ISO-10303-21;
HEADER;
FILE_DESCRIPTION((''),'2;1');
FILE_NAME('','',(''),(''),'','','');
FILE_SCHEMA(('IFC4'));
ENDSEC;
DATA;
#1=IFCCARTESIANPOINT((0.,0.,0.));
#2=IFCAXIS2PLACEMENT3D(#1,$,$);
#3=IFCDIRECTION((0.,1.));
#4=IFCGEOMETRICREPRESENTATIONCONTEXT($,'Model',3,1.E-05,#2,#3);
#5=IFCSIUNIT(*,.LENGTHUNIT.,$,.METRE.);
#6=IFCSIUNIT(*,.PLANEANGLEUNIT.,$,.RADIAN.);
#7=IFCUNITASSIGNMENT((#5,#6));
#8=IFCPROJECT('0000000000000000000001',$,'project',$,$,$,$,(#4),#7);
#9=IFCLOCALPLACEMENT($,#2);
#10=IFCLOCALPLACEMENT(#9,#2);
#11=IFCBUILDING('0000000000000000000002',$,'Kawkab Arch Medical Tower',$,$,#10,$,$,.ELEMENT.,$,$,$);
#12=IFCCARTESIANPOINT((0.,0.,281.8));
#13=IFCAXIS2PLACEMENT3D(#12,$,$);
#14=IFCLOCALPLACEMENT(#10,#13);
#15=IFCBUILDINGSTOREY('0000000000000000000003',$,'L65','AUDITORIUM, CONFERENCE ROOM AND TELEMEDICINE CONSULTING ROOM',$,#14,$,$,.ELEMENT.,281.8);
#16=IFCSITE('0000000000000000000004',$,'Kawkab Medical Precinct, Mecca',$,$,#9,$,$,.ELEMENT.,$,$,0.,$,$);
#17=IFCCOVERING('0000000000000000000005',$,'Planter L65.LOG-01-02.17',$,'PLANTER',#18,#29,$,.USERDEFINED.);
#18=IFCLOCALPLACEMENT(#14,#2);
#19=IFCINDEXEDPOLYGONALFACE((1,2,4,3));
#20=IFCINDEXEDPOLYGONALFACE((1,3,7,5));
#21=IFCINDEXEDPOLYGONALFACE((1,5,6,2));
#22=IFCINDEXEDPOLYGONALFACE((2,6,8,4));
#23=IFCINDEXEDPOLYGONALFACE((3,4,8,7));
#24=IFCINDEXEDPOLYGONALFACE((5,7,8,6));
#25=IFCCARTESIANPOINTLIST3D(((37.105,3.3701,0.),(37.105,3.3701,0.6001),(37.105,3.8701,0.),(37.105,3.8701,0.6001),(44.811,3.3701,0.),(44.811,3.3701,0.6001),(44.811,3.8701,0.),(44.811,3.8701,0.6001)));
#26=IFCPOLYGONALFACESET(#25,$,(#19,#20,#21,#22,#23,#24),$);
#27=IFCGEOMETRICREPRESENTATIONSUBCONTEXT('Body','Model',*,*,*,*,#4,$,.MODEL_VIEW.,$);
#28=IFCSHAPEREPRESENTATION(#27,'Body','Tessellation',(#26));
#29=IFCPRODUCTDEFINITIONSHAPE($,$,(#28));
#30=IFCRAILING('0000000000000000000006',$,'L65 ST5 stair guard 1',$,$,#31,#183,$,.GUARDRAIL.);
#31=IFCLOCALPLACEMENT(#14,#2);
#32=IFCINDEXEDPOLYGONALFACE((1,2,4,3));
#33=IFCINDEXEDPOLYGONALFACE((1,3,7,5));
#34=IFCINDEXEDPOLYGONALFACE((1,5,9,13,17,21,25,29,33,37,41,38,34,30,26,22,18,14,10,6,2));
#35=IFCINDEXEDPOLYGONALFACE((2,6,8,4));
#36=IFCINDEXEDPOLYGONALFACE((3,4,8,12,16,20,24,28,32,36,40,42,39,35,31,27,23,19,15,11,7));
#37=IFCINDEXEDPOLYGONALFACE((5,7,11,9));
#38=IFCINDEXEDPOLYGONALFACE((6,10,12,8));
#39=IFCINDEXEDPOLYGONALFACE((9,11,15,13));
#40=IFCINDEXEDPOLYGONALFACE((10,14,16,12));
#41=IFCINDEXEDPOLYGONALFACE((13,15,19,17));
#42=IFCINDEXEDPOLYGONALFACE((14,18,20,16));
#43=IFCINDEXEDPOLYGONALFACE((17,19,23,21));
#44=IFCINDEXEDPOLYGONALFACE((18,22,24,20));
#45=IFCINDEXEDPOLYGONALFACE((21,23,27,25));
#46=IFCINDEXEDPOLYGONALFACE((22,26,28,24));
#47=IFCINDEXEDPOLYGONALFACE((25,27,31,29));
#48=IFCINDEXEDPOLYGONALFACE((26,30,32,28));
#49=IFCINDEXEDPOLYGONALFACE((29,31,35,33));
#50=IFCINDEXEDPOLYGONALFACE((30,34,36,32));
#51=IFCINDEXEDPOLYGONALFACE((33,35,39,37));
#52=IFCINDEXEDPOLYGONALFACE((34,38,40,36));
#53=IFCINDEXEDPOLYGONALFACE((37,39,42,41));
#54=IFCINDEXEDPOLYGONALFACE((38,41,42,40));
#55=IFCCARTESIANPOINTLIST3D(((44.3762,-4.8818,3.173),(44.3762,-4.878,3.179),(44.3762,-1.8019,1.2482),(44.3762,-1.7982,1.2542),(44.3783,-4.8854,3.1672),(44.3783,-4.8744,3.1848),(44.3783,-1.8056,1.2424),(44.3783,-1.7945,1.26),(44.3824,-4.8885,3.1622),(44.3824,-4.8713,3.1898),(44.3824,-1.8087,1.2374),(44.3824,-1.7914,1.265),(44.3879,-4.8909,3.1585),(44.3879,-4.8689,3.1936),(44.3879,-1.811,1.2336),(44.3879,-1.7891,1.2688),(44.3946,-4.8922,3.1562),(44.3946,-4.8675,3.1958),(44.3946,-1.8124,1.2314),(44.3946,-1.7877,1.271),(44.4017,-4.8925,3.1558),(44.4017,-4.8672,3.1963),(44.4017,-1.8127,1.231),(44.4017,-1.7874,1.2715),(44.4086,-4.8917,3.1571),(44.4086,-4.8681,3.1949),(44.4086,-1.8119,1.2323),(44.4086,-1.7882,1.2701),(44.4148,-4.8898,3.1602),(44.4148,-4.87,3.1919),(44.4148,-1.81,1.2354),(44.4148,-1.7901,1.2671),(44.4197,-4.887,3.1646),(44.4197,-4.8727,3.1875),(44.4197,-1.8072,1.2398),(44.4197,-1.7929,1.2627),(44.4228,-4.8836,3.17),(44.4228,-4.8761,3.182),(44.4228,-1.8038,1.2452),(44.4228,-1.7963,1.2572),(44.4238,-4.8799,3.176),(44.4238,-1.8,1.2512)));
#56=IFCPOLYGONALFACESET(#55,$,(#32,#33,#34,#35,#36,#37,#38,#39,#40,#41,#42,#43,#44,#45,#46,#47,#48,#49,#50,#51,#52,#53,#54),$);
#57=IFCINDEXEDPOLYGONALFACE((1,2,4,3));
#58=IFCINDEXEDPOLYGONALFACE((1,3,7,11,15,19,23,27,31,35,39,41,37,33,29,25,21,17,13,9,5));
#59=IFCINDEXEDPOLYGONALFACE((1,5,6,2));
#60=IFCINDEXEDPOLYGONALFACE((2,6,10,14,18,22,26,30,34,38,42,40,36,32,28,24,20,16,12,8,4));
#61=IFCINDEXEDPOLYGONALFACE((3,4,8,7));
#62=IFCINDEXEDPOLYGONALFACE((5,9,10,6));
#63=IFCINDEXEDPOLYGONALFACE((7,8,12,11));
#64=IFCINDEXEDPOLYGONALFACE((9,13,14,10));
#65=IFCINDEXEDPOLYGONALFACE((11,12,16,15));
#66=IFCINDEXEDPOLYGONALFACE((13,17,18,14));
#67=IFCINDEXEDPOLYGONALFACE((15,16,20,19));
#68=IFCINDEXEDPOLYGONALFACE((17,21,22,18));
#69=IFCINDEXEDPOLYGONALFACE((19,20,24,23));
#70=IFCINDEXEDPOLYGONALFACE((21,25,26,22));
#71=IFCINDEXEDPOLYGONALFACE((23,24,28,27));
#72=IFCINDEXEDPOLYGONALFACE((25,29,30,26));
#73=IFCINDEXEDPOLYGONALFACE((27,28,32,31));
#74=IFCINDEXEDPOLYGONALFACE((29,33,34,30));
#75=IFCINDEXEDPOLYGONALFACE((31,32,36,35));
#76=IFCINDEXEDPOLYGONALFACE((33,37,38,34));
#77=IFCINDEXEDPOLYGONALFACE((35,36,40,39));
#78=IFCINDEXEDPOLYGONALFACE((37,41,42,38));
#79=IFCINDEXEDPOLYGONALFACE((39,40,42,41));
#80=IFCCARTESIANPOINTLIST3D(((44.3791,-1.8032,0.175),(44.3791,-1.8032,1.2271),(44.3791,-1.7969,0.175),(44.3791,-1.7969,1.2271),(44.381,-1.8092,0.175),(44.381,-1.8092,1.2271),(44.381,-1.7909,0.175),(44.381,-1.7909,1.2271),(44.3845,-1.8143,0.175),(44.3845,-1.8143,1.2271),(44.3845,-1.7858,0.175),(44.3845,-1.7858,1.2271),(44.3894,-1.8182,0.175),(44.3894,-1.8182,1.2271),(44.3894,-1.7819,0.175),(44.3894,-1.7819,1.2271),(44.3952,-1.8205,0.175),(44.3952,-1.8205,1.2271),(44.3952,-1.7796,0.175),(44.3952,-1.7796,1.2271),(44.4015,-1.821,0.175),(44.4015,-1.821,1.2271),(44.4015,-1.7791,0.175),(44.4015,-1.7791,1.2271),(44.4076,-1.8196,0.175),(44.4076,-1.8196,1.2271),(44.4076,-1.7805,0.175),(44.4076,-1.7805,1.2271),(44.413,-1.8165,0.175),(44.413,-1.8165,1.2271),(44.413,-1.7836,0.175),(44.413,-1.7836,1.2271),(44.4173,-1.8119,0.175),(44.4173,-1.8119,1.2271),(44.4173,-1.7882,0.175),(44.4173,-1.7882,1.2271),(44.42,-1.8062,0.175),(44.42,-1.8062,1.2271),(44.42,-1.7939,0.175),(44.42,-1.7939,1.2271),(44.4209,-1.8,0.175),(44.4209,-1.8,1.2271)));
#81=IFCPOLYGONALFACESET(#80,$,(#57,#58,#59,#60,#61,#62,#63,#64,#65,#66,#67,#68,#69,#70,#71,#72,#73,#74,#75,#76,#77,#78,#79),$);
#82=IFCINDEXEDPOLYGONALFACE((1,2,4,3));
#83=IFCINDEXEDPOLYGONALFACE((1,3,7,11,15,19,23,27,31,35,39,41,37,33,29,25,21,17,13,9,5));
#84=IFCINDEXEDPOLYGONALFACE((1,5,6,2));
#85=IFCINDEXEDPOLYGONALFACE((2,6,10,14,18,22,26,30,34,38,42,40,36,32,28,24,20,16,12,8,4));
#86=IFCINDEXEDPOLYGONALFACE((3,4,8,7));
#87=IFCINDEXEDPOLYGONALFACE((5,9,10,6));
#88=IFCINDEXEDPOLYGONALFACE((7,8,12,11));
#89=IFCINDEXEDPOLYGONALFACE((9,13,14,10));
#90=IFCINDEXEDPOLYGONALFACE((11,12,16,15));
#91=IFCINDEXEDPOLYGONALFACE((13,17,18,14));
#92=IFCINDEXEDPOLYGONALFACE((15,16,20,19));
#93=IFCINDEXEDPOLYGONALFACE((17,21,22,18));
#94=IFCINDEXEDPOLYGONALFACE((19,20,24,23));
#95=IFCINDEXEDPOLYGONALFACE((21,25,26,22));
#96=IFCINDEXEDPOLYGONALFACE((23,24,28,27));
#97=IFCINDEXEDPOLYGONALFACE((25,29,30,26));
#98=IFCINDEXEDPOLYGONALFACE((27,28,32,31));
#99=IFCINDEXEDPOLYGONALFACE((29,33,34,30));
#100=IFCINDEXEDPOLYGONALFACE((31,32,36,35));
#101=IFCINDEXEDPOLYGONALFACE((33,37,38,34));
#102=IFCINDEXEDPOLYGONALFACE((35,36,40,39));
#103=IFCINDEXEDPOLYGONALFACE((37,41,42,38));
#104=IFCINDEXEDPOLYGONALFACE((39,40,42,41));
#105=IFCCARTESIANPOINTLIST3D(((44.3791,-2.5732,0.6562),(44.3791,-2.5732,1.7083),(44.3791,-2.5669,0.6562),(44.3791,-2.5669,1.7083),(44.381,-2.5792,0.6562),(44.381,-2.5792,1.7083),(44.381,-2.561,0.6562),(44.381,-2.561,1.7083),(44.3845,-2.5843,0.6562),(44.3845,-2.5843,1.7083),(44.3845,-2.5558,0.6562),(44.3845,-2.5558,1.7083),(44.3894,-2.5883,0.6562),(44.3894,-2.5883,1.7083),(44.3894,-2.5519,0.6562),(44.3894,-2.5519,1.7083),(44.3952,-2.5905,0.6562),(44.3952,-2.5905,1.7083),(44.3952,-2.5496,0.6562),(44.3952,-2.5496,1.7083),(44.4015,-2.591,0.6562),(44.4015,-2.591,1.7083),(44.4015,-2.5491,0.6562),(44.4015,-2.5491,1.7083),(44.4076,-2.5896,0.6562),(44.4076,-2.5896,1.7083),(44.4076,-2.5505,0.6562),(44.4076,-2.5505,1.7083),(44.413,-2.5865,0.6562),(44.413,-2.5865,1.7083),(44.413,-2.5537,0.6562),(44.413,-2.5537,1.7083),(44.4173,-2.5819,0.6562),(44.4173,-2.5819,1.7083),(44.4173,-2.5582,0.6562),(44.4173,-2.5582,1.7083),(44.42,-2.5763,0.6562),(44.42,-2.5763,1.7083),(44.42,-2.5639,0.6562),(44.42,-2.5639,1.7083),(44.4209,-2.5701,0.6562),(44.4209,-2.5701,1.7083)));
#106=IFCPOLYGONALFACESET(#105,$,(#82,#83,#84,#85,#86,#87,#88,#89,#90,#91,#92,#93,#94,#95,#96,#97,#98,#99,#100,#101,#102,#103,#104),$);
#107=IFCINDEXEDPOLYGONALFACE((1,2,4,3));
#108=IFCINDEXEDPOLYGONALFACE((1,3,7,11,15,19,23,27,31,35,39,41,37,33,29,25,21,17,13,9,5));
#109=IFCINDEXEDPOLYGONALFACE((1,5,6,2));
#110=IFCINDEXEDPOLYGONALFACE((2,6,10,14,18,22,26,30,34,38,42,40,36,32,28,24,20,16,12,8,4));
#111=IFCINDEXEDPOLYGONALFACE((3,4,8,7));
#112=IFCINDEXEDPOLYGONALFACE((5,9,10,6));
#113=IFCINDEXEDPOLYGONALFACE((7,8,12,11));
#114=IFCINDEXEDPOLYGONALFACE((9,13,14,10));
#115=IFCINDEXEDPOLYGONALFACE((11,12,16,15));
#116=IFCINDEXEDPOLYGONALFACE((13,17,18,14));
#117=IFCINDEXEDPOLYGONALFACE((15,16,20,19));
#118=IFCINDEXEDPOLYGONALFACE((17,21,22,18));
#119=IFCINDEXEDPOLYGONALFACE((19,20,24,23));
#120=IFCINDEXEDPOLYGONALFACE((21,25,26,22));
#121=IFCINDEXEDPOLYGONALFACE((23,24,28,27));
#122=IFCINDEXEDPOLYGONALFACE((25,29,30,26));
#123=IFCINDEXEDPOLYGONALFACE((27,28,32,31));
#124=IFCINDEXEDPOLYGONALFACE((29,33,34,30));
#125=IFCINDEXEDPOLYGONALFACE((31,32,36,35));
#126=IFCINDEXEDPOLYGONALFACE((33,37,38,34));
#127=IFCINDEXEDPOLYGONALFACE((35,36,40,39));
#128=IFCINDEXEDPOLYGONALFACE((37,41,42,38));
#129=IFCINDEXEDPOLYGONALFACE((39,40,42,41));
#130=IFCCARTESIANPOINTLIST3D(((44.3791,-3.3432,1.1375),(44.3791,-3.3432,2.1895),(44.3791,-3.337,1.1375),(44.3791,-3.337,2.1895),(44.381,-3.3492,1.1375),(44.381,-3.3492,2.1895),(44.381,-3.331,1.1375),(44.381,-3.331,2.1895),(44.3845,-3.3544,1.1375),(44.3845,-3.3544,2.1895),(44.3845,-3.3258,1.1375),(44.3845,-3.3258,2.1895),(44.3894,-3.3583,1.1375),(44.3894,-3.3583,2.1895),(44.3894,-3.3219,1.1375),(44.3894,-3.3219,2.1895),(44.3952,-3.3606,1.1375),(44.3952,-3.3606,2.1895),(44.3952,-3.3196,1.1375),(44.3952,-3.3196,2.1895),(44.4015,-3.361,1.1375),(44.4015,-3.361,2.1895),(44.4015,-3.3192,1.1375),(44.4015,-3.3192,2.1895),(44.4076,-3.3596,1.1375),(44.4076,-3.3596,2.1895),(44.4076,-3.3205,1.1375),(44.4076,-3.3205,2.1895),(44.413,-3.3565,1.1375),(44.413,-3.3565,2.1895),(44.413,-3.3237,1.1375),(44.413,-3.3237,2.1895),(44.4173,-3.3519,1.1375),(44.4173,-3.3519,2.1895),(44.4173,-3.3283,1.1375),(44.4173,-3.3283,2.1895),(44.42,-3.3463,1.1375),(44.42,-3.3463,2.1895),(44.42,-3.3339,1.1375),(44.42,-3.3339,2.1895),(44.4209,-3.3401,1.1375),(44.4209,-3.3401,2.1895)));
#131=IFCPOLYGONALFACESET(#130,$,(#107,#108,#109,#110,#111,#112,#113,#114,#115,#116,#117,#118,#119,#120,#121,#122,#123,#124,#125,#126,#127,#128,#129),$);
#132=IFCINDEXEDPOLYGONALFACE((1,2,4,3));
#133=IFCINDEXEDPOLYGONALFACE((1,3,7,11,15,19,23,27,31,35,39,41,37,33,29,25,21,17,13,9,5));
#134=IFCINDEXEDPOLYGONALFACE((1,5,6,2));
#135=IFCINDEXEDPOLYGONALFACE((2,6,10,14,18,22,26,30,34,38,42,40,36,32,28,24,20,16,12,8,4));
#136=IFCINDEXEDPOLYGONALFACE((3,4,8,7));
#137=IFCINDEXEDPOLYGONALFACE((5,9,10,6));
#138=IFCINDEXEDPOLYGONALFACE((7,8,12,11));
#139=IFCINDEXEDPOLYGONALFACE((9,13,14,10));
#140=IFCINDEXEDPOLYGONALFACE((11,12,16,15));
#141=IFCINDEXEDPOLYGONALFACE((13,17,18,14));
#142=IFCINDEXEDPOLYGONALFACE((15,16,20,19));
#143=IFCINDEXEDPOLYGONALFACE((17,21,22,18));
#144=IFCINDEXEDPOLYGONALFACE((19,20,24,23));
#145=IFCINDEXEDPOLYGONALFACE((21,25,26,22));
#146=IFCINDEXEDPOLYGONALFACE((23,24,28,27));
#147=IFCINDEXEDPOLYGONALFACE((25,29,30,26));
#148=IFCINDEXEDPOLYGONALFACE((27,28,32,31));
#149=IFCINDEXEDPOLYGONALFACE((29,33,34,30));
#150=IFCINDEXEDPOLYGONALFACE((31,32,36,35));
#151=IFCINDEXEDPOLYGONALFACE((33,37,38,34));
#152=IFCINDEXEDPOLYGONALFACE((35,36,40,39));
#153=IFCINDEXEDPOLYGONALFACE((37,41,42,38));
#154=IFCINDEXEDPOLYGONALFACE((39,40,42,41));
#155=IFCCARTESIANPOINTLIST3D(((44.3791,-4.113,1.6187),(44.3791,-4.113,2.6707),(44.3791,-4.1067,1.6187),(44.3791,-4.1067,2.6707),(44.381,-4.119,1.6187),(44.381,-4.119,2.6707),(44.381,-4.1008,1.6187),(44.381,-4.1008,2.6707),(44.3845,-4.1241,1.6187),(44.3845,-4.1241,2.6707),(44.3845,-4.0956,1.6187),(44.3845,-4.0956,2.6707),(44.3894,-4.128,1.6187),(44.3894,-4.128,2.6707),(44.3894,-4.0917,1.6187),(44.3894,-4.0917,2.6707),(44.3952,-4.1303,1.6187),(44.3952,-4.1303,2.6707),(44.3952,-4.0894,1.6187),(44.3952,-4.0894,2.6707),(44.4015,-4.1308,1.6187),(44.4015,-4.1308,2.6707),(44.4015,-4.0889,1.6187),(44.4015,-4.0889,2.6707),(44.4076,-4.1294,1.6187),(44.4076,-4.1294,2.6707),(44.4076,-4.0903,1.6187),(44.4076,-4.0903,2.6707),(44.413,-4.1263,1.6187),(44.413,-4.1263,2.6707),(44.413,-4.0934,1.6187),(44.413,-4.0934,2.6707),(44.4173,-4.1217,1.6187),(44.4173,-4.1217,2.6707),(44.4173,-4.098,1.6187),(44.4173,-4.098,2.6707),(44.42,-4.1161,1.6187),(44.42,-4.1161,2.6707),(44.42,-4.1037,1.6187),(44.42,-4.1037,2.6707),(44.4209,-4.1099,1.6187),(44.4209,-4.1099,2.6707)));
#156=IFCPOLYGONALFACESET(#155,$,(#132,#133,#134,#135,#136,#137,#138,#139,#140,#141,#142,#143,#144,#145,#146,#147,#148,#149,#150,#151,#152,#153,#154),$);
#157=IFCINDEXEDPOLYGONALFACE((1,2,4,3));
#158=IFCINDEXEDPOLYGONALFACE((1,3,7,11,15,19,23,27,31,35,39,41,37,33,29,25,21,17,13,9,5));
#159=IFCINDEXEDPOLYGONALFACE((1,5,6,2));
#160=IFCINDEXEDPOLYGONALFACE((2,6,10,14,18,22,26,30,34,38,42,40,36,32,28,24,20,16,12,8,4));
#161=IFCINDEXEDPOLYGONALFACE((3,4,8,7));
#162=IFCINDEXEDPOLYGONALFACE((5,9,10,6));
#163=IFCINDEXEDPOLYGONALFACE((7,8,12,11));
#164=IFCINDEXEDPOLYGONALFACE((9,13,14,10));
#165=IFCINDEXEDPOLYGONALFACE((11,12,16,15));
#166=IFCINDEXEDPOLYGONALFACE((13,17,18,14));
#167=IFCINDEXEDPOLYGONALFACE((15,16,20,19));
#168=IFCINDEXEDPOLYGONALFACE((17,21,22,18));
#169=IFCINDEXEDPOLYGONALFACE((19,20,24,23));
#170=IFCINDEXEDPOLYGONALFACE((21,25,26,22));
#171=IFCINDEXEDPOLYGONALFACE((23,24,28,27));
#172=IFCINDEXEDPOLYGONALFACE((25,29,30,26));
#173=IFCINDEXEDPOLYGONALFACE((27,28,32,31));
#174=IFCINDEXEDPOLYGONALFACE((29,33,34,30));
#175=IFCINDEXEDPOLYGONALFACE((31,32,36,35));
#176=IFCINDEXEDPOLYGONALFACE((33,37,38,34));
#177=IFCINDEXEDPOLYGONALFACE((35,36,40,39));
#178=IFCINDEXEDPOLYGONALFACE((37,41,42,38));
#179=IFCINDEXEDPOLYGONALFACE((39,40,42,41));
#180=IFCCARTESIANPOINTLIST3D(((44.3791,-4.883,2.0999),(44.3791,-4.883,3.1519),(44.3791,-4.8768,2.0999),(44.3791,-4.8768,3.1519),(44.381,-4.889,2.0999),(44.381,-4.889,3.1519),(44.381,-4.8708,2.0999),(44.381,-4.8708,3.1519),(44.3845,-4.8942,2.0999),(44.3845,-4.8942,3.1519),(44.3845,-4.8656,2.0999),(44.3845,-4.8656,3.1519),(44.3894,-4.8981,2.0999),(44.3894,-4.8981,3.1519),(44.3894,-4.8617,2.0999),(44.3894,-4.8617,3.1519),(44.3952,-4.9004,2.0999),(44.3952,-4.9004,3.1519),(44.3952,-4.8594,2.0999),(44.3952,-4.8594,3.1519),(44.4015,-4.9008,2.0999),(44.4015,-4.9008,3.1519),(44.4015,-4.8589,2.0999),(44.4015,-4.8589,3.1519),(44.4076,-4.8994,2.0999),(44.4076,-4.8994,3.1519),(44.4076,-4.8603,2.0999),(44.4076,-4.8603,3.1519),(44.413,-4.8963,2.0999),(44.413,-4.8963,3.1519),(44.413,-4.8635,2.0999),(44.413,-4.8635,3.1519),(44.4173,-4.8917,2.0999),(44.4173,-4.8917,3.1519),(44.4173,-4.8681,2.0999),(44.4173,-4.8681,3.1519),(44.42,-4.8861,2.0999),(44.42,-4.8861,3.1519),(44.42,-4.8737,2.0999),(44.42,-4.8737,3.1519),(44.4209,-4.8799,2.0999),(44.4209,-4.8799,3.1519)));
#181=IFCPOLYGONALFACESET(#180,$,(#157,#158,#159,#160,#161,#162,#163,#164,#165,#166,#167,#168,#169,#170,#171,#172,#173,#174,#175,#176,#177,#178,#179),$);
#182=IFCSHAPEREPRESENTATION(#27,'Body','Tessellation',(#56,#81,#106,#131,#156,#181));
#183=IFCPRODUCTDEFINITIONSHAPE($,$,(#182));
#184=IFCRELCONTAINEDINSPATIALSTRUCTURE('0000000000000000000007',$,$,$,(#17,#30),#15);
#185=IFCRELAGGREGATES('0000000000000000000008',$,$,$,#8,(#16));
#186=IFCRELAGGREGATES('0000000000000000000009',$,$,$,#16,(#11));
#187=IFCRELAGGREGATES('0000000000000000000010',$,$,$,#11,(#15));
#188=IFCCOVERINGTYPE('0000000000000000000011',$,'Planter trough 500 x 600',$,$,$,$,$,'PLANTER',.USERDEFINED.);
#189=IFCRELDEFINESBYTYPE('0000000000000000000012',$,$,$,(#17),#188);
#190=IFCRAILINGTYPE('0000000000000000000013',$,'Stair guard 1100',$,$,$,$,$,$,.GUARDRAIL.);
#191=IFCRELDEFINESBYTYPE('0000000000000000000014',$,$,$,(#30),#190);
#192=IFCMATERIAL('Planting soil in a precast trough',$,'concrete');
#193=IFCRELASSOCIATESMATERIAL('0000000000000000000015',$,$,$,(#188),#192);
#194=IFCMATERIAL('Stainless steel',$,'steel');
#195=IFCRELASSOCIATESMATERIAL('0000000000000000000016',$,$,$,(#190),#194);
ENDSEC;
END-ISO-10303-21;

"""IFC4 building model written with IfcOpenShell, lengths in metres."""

from ifc_helpers import new_model, si_unit, direction, frame, origin, origin_2d, place, context, subcontext, project, spatial, rectangle, circle, extrude, material, material_profile, profile_set, type_object, element, save


model = new_model("IFC4")

# Units and contexts
model_context = context("Model", 3, precision=1e-05, world=origin(), true_north=direction((0.0, 1.0)))
body_context = subcontext(model_context, "Body", "Model", "MODEL_VIEW")
ifc_project = project(units=[si_unit("LENGTHUNIT", "METRE"), si_unit("PLANEANGLEUNIT", "RADIAN")], contexts=[model_context])

# Site, building, storey
site_placement = place(None, origin())
site = spatial("IfcSite", under=ifc_project, at=site_placement, Name="Kawkab Medical Precinct, Mecca", CompositionType="ELEMENT", RefElevation=0.0)
building_placement = place(site_placement, origin())
building = spatial("IfcBuilding", under=site, at=building_placement, Name="Kawkab Arch Medical Tower", CompositionType="ELEMENT")
storey_placement = place(building_placement, frame((0.0, 0.0, 281.8)))
storey = spatial("IfcBuildingStorey", under=building, at=storey_placement, Name="L65", Description="AUDITORIUM, CONFERENCE ROOM AND TELEMEDICINE CONSULTING ROOM", CompositionType="ELEMENT", Elevation=281.8)

# Covering
ifc_material_1 = material(Name="Planting soil in a precast trough", Category="concrete")
ifc_material_profile_1 = material_profile(ifc_material_1, rectangle(XDim=0.5, YDim=0.6001, at=origin_2d()), Name="Trough 500x600")
ifc_profile_set_1 = profile_set([ifc_material_profile_1], Name="Planting soil in a precast trough")
covering_type_1 = type_object("IfcCoveringType", Name="Planter trough 500 x 600", ElementType="PLANTER", PredefinedType="USERDEFINED", material=ifc_profile_set_1)
covering_1_placement = place(storey_placement, frame((37.105, 3.6201, 0.3), z_axis=(1.0, 0.0, 0.0), x_axis=(0.0, 1.0, 0.0)))
element("IfcCovering", 1, at=covering_1_placement, inside=storey, type_object=covering_type_1, Name="Planter L65.LOG-01-02.17", ObjectType="PLANTER", PredefinedType="USERDEFINED", context=body_context, shape_type="SweptSolid", body=[
    extrude(rectangle(XDim=0.5, YDim=0.6001, at=origin_2d()), origin(), (0.0, 0.0, 1.0), 7.7061),
])

# Railing
ifc_material_2 = material(Name="Stainless steel", Category="steel")
railing_type_1 = type_object("IfcRailingType", Name="Stair guard 1100", PredefinedType="GUARDRAIL", material=ifc_material_2)
railing_1_placement = place(storey_placement, frame((44.3999, -1.8, 0.175)))
element("IfcRailing", 2, at=railing_1_placement, inside=storey, type_object=railing_type_1, Name="L65 ST5 stair guard 1", PredefinedType="GUARDRAIL", context=body_context, shape_type="SweptSolid", body=[
    extrude(circle(Radius=0.0239, at=origin_2d()), frame((0.0, 0.0, 1.0762), z_axis=(0.0, -0.84801, 0.529981), x_axis=(1.0, 0.0, 0.0)), (0.0, 0.0, 1.0), 3.6318),
    extrude(circle(Radius=0.021, at=origin_2d()), origin(), (0.0, 0.0, 1.0), 1.052),
    extrude(circle(Radius=0.021, at=origin_2d()), frame((0.0, -0.77, 0.4812)), (0.0, 0.0, 1.0), 1.052),
    extrude(circle(Radius=0.021, at=origin_2d()), frame((0.0, -1.54, 0.9624)), (0.0, 0.0, 1.0), 1.052),
    extrude(circle(Radius=0.021, at=origin_2d()), frame((0.0, -2.3098, 1.4436)), (0.0, 0.0, 1.0), 1.052),
    extrude(circle(Radius=0.021, at=origin_2d()), frame((0.0, -3.0798, 1.9248)), (0.0, 0.0, 1.0), 1.052),
])

save(model, "model.ifc")
